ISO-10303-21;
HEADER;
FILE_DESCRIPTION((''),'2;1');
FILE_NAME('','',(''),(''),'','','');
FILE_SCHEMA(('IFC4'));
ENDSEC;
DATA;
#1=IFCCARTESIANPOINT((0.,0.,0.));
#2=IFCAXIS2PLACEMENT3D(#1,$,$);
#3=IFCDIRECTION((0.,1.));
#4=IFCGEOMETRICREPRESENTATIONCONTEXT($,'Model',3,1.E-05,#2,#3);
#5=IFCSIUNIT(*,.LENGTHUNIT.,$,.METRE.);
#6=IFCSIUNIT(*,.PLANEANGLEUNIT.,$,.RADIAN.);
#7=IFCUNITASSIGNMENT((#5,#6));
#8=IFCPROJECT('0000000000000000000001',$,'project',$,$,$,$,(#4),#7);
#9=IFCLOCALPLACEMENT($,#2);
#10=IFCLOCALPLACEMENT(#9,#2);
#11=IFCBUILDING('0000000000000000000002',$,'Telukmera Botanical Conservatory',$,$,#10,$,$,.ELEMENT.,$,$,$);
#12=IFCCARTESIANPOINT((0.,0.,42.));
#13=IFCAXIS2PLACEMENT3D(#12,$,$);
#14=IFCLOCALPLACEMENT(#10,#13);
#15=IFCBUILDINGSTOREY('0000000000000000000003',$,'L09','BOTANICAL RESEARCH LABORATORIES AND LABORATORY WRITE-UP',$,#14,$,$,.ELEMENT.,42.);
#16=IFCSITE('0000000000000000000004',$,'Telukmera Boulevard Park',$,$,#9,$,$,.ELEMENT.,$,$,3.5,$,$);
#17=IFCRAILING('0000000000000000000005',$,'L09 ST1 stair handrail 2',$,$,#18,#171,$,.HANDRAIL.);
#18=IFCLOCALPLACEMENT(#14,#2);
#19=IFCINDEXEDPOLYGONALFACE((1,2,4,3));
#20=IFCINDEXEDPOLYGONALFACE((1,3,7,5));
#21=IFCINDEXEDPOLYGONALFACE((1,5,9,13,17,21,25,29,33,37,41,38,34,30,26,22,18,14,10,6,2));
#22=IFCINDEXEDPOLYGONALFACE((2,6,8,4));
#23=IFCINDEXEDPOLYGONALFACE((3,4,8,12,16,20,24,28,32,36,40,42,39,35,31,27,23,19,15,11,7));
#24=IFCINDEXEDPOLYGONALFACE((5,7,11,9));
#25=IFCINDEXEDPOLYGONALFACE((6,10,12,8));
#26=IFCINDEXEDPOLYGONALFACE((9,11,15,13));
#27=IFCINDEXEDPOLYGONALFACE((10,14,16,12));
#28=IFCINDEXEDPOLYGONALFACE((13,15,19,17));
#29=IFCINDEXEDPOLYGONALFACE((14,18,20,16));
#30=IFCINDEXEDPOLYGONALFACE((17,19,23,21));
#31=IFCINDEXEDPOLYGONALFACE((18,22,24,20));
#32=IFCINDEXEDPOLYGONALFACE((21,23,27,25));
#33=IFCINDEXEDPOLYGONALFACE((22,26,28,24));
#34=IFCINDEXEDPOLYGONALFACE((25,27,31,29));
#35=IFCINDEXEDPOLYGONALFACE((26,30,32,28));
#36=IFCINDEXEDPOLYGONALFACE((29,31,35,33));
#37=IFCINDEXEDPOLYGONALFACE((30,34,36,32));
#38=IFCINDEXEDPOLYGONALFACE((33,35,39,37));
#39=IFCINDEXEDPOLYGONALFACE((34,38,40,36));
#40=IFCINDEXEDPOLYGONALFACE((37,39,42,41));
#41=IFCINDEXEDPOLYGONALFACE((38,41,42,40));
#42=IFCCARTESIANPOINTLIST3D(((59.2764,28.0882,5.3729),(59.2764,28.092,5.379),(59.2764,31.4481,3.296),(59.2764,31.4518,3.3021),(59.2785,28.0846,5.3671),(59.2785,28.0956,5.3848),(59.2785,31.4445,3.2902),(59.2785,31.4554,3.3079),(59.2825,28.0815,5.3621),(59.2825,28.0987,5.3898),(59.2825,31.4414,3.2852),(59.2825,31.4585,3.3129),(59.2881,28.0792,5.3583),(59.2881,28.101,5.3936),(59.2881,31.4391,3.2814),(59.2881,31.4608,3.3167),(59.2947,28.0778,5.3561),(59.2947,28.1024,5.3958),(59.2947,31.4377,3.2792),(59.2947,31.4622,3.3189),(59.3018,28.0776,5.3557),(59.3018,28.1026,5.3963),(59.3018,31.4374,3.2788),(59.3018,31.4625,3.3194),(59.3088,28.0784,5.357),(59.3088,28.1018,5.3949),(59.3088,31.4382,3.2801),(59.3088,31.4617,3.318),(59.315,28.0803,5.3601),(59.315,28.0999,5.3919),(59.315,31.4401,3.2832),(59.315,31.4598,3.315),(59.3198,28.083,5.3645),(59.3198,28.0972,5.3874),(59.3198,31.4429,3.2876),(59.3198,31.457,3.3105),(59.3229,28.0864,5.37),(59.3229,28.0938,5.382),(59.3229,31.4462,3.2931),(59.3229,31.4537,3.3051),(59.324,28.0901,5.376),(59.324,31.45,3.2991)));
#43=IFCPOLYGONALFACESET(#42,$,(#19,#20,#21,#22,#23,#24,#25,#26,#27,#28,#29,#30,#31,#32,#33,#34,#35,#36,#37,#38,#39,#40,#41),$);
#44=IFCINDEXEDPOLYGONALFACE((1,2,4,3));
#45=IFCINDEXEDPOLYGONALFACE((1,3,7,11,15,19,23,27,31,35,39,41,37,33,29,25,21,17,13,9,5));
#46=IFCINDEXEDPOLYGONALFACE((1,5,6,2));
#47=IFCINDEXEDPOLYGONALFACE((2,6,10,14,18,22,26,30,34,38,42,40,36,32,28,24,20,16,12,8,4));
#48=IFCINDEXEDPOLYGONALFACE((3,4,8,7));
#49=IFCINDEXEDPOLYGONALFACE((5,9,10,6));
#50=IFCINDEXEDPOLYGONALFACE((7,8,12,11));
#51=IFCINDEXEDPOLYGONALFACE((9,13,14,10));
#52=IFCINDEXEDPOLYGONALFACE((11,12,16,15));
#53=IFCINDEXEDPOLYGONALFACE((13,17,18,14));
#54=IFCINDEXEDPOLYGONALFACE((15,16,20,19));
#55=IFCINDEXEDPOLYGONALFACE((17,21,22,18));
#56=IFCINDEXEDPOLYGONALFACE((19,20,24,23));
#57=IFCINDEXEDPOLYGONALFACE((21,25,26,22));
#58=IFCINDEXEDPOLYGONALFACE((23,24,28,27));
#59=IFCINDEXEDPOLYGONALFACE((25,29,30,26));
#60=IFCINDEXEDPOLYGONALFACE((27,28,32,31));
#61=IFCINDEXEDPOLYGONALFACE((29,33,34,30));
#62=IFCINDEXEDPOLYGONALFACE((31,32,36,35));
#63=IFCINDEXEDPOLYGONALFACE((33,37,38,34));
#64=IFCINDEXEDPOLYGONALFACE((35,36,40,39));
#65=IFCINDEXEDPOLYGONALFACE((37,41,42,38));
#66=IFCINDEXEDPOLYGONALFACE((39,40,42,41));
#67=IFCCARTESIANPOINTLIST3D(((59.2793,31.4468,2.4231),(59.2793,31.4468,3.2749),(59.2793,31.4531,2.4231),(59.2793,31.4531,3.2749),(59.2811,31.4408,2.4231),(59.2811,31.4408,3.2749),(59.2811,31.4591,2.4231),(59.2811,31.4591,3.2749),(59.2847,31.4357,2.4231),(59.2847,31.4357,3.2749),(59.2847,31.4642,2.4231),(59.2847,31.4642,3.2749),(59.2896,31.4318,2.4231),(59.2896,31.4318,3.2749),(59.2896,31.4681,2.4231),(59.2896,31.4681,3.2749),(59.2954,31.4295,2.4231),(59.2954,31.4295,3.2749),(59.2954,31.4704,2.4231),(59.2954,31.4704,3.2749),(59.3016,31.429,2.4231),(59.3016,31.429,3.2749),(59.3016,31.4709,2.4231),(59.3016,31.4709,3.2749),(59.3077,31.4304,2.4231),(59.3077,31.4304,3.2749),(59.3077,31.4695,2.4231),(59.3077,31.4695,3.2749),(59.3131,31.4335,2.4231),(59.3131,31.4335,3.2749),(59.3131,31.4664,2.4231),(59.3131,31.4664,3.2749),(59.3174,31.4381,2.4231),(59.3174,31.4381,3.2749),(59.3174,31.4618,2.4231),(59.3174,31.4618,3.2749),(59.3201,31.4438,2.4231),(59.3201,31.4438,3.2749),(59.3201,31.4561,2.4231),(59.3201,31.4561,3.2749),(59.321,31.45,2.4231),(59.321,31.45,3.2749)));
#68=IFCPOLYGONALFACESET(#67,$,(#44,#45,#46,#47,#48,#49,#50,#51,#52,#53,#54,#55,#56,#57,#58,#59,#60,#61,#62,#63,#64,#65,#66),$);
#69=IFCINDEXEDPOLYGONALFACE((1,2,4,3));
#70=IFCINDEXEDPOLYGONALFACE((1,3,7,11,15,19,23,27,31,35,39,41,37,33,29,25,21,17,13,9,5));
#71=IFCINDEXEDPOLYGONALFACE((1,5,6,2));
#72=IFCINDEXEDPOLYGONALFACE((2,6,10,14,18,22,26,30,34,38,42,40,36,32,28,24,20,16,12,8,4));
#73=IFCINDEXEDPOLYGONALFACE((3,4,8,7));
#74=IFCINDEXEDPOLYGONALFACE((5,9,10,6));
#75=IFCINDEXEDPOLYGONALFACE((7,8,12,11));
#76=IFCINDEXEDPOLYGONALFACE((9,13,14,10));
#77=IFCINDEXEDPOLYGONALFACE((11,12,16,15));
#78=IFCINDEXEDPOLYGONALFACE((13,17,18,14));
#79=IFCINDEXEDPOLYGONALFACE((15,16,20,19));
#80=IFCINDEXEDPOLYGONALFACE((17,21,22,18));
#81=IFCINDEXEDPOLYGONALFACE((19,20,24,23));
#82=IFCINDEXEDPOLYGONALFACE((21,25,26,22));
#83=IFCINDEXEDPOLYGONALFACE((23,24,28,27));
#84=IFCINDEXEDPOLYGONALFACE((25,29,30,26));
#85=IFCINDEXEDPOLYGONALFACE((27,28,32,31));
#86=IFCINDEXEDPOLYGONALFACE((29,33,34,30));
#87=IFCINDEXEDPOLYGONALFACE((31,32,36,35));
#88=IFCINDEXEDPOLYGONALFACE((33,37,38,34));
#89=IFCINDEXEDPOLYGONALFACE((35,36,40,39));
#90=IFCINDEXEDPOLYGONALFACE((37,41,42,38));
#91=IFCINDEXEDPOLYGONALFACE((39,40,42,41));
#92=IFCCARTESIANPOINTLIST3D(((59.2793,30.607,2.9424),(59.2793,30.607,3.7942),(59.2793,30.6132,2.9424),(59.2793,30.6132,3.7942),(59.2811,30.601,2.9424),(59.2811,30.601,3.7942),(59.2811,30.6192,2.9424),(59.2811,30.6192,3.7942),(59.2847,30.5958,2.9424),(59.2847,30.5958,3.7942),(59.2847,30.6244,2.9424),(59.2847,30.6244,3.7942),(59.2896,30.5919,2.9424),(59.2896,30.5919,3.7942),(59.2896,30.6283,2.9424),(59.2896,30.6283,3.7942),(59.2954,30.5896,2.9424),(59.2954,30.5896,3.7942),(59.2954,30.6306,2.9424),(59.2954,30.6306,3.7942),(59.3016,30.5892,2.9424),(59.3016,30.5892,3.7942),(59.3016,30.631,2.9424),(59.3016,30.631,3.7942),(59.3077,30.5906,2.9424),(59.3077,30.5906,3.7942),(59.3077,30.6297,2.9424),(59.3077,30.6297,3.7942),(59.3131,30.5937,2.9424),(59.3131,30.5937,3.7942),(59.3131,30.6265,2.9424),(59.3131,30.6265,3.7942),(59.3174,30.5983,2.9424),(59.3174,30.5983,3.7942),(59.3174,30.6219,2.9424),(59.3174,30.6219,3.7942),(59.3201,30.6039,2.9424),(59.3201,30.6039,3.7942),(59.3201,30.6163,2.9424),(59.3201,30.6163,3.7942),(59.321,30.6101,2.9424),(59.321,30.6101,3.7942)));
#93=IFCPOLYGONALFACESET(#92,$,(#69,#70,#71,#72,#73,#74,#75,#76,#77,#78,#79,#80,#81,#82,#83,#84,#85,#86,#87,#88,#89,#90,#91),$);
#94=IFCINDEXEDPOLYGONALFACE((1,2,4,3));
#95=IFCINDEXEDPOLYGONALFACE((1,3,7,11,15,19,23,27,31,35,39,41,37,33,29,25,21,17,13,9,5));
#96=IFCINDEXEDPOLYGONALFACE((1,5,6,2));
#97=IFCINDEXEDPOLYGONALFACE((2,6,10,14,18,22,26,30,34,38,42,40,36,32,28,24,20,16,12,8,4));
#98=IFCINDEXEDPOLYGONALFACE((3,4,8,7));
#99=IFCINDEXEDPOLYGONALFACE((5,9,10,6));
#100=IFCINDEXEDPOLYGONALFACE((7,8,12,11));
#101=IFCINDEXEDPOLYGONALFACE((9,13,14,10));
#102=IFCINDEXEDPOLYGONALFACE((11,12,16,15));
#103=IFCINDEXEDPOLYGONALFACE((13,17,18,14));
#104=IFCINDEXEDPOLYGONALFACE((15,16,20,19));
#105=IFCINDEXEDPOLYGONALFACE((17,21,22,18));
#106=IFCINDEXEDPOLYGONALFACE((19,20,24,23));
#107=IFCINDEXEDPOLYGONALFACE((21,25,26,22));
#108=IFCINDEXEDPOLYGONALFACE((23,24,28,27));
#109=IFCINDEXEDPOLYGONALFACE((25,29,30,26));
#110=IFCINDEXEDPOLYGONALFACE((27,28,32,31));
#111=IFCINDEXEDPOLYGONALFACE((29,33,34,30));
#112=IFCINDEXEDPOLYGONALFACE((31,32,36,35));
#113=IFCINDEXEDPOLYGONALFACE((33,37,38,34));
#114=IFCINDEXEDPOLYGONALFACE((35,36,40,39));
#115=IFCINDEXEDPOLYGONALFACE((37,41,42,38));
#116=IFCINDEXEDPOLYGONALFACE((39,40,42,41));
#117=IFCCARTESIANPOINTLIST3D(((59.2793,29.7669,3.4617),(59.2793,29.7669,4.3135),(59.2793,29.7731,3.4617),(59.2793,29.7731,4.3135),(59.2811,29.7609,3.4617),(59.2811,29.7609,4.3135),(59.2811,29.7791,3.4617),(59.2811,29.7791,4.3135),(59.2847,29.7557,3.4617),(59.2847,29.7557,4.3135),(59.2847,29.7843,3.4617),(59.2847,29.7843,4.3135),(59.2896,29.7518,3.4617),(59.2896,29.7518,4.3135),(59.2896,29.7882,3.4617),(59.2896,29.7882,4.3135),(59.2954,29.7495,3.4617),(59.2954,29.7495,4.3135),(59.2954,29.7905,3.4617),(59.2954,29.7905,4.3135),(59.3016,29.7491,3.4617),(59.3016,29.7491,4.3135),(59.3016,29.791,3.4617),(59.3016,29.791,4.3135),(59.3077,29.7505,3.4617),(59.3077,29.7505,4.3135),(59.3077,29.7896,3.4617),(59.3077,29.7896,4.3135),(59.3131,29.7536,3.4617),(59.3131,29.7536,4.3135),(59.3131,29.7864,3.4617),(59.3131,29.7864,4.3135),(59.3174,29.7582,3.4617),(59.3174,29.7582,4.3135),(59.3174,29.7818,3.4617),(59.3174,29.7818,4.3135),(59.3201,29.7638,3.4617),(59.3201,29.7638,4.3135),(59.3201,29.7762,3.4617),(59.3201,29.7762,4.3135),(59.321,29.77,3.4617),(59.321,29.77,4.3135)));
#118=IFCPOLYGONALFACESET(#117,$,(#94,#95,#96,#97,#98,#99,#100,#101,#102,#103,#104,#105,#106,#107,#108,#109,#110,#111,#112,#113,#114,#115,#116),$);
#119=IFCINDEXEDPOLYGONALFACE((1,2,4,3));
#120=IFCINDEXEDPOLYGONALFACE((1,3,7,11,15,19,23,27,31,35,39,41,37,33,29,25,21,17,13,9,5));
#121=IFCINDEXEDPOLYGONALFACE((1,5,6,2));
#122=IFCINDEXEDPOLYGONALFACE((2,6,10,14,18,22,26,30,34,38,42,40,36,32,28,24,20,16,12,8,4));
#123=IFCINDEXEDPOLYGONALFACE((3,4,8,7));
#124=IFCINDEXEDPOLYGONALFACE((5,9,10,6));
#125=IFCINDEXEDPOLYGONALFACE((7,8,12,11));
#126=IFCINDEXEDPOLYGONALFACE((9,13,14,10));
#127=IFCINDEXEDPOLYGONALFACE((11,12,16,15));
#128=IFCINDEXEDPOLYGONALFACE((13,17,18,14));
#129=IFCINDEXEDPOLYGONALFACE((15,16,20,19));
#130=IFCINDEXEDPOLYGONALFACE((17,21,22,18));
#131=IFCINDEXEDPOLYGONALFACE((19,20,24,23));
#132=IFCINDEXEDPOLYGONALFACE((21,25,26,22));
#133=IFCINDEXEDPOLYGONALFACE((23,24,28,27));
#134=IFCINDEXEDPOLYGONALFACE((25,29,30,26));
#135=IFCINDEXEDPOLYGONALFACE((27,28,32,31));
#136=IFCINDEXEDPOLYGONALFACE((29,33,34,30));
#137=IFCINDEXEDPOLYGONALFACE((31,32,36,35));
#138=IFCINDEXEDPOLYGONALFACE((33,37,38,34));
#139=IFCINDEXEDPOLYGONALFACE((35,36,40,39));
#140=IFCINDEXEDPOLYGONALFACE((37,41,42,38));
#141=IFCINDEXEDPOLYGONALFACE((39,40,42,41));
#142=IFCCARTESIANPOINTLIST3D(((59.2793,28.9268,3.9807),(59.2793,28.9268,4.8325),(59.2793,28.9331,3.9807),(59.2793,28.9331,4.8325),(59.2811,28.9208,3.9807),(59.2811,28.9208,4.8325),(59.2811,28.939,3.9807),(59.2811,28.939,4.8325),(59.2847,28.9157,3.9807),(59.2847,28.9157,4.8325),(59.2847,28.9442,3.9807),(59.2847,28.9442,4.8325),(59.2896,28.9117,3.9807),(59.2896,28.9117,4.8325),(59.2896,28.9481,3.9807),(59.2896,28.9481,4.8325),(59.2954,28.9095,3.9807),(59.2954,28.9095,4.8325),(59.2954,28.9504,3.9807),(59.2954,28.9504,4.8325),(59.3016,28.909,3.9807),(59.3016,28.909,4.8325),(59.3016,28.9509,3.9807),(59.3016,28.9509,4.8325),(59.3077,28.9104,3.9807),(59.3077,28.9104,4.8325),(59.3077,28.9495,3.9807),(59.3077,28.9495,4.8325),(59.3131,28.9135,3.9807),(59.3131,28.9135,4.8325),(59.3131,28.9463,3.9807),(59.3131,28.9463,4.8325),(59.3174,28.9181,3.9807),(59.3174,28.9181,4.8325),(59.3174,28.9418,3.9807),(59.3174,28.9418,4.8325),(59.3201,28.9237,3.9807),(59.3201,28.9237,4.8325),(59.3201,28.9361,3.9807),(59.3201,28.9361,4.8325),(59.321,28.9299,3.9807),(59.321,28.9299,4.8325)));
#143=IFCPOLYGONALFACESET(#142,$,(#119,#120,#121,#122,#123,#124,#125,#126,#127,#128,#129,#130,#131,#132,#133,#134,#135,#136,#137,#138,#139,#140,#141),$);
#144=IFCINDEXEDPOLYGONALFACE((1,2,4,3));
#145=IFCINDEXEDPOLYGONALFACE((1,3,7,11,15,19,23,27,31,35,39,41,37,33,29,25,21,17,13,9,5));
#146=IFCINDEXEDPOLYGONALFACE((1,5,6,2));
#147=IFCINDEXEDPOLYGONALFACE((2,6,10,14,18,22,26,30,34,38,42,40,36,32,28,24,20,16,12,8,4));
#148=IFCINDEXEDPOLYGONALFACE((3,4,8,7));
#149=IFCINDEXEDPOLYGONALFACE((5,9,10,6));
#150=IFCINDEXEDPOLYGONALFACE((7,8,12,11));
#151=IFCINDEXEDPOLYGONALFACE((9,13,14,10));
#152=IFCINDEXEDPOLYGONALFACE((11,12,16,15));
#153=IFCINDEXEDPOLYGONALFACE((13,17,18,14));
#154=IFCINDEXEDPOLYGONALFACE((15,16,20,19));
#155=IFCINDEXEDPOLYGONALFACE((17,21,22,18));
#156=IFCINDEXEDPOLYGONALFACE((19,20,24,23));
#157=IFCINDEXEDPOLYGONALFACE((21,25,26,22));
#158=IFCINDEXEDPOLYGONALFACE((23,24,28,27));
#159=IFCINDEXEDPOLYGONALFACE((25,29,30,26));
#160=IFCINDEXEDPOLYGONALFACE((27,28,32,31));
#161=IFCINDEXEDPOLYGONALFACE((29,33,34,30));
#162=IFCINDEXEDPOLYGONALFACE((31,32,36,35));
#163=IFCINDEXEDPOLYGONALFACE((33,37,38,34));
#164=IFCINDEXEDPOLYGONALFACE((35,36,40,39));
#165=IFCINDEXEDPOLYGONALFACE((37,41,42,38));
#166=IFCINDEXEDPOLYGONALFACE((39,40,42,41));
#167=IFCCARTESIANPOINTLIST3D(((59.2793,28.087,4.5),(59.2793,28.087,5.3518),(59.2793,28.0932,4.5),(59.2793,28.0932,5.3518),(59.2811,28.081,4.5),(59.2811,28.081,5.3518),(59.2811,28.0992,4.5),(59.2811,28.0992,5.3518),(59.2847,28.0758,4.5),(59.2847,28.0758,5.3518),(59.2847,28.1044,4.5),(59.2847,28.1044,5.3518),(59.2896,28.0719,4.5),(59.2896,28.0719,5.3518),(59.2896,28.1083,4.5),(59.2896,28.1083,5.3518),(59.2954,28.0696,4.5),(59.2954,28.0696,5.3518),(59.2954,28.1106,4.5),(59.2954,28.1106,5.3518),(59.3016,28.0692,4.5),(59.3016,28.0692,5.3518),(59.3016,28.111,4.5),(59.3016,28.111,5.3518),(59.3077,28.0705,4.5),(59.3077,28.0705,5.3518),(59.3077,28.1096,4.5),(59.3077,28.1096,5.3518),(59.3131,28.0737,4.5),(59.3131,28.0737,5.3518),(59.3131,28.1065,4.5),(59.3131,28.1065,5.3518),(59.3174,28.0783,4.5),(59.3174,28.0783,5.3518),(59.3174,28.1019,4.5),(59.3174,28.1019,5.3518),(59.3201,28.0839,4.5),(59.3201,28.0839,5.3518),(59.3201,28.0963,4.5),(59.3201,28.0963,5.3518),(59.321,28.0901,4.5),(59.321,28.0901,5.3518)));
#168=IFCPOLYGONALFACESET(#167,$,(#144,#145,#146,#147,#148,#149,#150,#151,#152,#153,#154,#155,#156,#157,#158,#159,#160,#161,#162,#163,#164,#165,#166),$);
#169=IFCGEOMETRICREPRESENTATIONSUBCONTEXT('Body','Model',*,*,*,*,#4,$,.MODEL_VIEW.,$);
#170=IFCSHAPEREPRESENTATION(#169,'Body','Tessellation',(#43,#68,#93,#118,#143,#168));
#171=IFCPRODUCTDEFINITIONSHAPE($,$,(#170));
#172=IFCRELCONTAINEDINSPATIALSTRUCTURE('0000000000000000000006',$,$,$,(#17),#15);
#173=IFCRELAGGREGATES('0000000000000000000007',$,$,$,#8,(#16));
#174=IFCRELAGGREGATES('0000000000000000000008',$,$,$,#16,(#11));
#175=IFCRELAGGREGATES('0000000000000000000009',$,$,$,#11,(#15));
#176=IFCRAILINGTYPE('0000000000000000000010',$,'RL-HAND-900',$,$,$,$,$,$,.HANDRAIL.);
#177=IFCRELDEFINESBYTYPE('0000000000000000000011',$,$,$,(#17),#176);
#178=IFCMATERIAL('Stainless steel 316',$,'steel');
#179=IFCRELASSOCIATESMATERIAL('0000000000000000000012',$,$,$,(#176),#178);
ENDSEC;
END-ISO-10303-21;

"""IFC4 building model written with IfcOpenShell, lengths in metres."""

from ifc_helpers import new_model, si_unit, direction, frame, origin, origin_2d, place, context, subcontext, project, spatial, circle, extrude, material, type_object, element, save


model = new_model("IFC4")

# Units and contexts
model_context = context("Model", 3, precision=1e-05, world=origin(), true_north=direction((0.0, 1.0)))
body_context = subcontext(model_context, "Body", "Model", "MODEL_VIEW")
ifc_project = project(units=[si_unit("LENGTHUNIT", "METRE"), si_unit("PLANEANGLEUNIT", "RADIAN")], contexts=[model_context])

# Site, building, storey
site_placement = place(None, origin())
site = spatial("IfcSite", under=ifc_project, at=site_placement, Name="Telukmera Boulevard Park", CompositionType="ELEMENT", RefElevation=3.5)
building_placement = place(site_placement, origin())
building = spatial("IfcBuilding", under=site, at=building_placement, Name="Telukmera Botanical Conservatory", CompositionType="ELEMENT")
storey_placement = place(building_placement, frame((0.0, 0.0, 42.0)))
storey = spatial("IfcBuildingStorey", under=building, at=storey_placement, Name="L09", Description="BOTANICAL RESEARCH LABORATORIES AND LABORATORY WRITE-UP", CompositionType="ELEMENT", Elevation=42.0)

# Shared definitions
ifc_material_1 = material(Name="Stainless steel 316", Category="steel")

# Railing
railing_type_1 = type_object("IfcRailingType", Name="RL-HAND-900", PredefinedType="HANDRAIL", material=ifc_material_1)
railing_1_placement = place(storey_placement, frame((59.3, 31.45, 2.4231)))
element("IfcRailing", 1, at=railing_1_placement, inside=storey, type_object=railing_type_1, Name="L09 ST1 stair handrail 2", PredefinedType="HANDRAIL", context=body_context, shape_type="SweptSolid", body=[
    extrude(circle(Radius=0.0239, at=origin_2d()), frame((0.0, 0.0, 0.876), z_axis=(0.0, -0.850606, 0.525803), x_axis=(1.0, 0.0, 0.0)), (0.0, 0.0, 1.0), 3.95),
    extrude(circle(Radius=0.021, at=origin_2d()), origin(), (0.0, 0.0, 1.0), 0.8518),
    extrude(circle(Radius=0.021, at=origin_2d()), frame((0.0, -0.8398, 0.5193)), (0.0, 0.0, 1.0), 0.8518),
    extrude(circle(Radius=0.021, at=origin_2d()), frame((0.0, -1.6799, 1.0386)), (0.0, 0.0, 1.0), 0.8518),
    extrude(circle(Radius=0.021, at=origin_2d()), frame((0.0, -2.52, 1.5576)), (0.0, 0.0, 1.0), 0.8518),
    extrude(circle(Radius=0.021, at=origin_2d()), frame((0.0, -3.3599, 2.0769)), (0.0, 0.0, 1.0), 0.8518),
])

save(model, "model.ifc")
